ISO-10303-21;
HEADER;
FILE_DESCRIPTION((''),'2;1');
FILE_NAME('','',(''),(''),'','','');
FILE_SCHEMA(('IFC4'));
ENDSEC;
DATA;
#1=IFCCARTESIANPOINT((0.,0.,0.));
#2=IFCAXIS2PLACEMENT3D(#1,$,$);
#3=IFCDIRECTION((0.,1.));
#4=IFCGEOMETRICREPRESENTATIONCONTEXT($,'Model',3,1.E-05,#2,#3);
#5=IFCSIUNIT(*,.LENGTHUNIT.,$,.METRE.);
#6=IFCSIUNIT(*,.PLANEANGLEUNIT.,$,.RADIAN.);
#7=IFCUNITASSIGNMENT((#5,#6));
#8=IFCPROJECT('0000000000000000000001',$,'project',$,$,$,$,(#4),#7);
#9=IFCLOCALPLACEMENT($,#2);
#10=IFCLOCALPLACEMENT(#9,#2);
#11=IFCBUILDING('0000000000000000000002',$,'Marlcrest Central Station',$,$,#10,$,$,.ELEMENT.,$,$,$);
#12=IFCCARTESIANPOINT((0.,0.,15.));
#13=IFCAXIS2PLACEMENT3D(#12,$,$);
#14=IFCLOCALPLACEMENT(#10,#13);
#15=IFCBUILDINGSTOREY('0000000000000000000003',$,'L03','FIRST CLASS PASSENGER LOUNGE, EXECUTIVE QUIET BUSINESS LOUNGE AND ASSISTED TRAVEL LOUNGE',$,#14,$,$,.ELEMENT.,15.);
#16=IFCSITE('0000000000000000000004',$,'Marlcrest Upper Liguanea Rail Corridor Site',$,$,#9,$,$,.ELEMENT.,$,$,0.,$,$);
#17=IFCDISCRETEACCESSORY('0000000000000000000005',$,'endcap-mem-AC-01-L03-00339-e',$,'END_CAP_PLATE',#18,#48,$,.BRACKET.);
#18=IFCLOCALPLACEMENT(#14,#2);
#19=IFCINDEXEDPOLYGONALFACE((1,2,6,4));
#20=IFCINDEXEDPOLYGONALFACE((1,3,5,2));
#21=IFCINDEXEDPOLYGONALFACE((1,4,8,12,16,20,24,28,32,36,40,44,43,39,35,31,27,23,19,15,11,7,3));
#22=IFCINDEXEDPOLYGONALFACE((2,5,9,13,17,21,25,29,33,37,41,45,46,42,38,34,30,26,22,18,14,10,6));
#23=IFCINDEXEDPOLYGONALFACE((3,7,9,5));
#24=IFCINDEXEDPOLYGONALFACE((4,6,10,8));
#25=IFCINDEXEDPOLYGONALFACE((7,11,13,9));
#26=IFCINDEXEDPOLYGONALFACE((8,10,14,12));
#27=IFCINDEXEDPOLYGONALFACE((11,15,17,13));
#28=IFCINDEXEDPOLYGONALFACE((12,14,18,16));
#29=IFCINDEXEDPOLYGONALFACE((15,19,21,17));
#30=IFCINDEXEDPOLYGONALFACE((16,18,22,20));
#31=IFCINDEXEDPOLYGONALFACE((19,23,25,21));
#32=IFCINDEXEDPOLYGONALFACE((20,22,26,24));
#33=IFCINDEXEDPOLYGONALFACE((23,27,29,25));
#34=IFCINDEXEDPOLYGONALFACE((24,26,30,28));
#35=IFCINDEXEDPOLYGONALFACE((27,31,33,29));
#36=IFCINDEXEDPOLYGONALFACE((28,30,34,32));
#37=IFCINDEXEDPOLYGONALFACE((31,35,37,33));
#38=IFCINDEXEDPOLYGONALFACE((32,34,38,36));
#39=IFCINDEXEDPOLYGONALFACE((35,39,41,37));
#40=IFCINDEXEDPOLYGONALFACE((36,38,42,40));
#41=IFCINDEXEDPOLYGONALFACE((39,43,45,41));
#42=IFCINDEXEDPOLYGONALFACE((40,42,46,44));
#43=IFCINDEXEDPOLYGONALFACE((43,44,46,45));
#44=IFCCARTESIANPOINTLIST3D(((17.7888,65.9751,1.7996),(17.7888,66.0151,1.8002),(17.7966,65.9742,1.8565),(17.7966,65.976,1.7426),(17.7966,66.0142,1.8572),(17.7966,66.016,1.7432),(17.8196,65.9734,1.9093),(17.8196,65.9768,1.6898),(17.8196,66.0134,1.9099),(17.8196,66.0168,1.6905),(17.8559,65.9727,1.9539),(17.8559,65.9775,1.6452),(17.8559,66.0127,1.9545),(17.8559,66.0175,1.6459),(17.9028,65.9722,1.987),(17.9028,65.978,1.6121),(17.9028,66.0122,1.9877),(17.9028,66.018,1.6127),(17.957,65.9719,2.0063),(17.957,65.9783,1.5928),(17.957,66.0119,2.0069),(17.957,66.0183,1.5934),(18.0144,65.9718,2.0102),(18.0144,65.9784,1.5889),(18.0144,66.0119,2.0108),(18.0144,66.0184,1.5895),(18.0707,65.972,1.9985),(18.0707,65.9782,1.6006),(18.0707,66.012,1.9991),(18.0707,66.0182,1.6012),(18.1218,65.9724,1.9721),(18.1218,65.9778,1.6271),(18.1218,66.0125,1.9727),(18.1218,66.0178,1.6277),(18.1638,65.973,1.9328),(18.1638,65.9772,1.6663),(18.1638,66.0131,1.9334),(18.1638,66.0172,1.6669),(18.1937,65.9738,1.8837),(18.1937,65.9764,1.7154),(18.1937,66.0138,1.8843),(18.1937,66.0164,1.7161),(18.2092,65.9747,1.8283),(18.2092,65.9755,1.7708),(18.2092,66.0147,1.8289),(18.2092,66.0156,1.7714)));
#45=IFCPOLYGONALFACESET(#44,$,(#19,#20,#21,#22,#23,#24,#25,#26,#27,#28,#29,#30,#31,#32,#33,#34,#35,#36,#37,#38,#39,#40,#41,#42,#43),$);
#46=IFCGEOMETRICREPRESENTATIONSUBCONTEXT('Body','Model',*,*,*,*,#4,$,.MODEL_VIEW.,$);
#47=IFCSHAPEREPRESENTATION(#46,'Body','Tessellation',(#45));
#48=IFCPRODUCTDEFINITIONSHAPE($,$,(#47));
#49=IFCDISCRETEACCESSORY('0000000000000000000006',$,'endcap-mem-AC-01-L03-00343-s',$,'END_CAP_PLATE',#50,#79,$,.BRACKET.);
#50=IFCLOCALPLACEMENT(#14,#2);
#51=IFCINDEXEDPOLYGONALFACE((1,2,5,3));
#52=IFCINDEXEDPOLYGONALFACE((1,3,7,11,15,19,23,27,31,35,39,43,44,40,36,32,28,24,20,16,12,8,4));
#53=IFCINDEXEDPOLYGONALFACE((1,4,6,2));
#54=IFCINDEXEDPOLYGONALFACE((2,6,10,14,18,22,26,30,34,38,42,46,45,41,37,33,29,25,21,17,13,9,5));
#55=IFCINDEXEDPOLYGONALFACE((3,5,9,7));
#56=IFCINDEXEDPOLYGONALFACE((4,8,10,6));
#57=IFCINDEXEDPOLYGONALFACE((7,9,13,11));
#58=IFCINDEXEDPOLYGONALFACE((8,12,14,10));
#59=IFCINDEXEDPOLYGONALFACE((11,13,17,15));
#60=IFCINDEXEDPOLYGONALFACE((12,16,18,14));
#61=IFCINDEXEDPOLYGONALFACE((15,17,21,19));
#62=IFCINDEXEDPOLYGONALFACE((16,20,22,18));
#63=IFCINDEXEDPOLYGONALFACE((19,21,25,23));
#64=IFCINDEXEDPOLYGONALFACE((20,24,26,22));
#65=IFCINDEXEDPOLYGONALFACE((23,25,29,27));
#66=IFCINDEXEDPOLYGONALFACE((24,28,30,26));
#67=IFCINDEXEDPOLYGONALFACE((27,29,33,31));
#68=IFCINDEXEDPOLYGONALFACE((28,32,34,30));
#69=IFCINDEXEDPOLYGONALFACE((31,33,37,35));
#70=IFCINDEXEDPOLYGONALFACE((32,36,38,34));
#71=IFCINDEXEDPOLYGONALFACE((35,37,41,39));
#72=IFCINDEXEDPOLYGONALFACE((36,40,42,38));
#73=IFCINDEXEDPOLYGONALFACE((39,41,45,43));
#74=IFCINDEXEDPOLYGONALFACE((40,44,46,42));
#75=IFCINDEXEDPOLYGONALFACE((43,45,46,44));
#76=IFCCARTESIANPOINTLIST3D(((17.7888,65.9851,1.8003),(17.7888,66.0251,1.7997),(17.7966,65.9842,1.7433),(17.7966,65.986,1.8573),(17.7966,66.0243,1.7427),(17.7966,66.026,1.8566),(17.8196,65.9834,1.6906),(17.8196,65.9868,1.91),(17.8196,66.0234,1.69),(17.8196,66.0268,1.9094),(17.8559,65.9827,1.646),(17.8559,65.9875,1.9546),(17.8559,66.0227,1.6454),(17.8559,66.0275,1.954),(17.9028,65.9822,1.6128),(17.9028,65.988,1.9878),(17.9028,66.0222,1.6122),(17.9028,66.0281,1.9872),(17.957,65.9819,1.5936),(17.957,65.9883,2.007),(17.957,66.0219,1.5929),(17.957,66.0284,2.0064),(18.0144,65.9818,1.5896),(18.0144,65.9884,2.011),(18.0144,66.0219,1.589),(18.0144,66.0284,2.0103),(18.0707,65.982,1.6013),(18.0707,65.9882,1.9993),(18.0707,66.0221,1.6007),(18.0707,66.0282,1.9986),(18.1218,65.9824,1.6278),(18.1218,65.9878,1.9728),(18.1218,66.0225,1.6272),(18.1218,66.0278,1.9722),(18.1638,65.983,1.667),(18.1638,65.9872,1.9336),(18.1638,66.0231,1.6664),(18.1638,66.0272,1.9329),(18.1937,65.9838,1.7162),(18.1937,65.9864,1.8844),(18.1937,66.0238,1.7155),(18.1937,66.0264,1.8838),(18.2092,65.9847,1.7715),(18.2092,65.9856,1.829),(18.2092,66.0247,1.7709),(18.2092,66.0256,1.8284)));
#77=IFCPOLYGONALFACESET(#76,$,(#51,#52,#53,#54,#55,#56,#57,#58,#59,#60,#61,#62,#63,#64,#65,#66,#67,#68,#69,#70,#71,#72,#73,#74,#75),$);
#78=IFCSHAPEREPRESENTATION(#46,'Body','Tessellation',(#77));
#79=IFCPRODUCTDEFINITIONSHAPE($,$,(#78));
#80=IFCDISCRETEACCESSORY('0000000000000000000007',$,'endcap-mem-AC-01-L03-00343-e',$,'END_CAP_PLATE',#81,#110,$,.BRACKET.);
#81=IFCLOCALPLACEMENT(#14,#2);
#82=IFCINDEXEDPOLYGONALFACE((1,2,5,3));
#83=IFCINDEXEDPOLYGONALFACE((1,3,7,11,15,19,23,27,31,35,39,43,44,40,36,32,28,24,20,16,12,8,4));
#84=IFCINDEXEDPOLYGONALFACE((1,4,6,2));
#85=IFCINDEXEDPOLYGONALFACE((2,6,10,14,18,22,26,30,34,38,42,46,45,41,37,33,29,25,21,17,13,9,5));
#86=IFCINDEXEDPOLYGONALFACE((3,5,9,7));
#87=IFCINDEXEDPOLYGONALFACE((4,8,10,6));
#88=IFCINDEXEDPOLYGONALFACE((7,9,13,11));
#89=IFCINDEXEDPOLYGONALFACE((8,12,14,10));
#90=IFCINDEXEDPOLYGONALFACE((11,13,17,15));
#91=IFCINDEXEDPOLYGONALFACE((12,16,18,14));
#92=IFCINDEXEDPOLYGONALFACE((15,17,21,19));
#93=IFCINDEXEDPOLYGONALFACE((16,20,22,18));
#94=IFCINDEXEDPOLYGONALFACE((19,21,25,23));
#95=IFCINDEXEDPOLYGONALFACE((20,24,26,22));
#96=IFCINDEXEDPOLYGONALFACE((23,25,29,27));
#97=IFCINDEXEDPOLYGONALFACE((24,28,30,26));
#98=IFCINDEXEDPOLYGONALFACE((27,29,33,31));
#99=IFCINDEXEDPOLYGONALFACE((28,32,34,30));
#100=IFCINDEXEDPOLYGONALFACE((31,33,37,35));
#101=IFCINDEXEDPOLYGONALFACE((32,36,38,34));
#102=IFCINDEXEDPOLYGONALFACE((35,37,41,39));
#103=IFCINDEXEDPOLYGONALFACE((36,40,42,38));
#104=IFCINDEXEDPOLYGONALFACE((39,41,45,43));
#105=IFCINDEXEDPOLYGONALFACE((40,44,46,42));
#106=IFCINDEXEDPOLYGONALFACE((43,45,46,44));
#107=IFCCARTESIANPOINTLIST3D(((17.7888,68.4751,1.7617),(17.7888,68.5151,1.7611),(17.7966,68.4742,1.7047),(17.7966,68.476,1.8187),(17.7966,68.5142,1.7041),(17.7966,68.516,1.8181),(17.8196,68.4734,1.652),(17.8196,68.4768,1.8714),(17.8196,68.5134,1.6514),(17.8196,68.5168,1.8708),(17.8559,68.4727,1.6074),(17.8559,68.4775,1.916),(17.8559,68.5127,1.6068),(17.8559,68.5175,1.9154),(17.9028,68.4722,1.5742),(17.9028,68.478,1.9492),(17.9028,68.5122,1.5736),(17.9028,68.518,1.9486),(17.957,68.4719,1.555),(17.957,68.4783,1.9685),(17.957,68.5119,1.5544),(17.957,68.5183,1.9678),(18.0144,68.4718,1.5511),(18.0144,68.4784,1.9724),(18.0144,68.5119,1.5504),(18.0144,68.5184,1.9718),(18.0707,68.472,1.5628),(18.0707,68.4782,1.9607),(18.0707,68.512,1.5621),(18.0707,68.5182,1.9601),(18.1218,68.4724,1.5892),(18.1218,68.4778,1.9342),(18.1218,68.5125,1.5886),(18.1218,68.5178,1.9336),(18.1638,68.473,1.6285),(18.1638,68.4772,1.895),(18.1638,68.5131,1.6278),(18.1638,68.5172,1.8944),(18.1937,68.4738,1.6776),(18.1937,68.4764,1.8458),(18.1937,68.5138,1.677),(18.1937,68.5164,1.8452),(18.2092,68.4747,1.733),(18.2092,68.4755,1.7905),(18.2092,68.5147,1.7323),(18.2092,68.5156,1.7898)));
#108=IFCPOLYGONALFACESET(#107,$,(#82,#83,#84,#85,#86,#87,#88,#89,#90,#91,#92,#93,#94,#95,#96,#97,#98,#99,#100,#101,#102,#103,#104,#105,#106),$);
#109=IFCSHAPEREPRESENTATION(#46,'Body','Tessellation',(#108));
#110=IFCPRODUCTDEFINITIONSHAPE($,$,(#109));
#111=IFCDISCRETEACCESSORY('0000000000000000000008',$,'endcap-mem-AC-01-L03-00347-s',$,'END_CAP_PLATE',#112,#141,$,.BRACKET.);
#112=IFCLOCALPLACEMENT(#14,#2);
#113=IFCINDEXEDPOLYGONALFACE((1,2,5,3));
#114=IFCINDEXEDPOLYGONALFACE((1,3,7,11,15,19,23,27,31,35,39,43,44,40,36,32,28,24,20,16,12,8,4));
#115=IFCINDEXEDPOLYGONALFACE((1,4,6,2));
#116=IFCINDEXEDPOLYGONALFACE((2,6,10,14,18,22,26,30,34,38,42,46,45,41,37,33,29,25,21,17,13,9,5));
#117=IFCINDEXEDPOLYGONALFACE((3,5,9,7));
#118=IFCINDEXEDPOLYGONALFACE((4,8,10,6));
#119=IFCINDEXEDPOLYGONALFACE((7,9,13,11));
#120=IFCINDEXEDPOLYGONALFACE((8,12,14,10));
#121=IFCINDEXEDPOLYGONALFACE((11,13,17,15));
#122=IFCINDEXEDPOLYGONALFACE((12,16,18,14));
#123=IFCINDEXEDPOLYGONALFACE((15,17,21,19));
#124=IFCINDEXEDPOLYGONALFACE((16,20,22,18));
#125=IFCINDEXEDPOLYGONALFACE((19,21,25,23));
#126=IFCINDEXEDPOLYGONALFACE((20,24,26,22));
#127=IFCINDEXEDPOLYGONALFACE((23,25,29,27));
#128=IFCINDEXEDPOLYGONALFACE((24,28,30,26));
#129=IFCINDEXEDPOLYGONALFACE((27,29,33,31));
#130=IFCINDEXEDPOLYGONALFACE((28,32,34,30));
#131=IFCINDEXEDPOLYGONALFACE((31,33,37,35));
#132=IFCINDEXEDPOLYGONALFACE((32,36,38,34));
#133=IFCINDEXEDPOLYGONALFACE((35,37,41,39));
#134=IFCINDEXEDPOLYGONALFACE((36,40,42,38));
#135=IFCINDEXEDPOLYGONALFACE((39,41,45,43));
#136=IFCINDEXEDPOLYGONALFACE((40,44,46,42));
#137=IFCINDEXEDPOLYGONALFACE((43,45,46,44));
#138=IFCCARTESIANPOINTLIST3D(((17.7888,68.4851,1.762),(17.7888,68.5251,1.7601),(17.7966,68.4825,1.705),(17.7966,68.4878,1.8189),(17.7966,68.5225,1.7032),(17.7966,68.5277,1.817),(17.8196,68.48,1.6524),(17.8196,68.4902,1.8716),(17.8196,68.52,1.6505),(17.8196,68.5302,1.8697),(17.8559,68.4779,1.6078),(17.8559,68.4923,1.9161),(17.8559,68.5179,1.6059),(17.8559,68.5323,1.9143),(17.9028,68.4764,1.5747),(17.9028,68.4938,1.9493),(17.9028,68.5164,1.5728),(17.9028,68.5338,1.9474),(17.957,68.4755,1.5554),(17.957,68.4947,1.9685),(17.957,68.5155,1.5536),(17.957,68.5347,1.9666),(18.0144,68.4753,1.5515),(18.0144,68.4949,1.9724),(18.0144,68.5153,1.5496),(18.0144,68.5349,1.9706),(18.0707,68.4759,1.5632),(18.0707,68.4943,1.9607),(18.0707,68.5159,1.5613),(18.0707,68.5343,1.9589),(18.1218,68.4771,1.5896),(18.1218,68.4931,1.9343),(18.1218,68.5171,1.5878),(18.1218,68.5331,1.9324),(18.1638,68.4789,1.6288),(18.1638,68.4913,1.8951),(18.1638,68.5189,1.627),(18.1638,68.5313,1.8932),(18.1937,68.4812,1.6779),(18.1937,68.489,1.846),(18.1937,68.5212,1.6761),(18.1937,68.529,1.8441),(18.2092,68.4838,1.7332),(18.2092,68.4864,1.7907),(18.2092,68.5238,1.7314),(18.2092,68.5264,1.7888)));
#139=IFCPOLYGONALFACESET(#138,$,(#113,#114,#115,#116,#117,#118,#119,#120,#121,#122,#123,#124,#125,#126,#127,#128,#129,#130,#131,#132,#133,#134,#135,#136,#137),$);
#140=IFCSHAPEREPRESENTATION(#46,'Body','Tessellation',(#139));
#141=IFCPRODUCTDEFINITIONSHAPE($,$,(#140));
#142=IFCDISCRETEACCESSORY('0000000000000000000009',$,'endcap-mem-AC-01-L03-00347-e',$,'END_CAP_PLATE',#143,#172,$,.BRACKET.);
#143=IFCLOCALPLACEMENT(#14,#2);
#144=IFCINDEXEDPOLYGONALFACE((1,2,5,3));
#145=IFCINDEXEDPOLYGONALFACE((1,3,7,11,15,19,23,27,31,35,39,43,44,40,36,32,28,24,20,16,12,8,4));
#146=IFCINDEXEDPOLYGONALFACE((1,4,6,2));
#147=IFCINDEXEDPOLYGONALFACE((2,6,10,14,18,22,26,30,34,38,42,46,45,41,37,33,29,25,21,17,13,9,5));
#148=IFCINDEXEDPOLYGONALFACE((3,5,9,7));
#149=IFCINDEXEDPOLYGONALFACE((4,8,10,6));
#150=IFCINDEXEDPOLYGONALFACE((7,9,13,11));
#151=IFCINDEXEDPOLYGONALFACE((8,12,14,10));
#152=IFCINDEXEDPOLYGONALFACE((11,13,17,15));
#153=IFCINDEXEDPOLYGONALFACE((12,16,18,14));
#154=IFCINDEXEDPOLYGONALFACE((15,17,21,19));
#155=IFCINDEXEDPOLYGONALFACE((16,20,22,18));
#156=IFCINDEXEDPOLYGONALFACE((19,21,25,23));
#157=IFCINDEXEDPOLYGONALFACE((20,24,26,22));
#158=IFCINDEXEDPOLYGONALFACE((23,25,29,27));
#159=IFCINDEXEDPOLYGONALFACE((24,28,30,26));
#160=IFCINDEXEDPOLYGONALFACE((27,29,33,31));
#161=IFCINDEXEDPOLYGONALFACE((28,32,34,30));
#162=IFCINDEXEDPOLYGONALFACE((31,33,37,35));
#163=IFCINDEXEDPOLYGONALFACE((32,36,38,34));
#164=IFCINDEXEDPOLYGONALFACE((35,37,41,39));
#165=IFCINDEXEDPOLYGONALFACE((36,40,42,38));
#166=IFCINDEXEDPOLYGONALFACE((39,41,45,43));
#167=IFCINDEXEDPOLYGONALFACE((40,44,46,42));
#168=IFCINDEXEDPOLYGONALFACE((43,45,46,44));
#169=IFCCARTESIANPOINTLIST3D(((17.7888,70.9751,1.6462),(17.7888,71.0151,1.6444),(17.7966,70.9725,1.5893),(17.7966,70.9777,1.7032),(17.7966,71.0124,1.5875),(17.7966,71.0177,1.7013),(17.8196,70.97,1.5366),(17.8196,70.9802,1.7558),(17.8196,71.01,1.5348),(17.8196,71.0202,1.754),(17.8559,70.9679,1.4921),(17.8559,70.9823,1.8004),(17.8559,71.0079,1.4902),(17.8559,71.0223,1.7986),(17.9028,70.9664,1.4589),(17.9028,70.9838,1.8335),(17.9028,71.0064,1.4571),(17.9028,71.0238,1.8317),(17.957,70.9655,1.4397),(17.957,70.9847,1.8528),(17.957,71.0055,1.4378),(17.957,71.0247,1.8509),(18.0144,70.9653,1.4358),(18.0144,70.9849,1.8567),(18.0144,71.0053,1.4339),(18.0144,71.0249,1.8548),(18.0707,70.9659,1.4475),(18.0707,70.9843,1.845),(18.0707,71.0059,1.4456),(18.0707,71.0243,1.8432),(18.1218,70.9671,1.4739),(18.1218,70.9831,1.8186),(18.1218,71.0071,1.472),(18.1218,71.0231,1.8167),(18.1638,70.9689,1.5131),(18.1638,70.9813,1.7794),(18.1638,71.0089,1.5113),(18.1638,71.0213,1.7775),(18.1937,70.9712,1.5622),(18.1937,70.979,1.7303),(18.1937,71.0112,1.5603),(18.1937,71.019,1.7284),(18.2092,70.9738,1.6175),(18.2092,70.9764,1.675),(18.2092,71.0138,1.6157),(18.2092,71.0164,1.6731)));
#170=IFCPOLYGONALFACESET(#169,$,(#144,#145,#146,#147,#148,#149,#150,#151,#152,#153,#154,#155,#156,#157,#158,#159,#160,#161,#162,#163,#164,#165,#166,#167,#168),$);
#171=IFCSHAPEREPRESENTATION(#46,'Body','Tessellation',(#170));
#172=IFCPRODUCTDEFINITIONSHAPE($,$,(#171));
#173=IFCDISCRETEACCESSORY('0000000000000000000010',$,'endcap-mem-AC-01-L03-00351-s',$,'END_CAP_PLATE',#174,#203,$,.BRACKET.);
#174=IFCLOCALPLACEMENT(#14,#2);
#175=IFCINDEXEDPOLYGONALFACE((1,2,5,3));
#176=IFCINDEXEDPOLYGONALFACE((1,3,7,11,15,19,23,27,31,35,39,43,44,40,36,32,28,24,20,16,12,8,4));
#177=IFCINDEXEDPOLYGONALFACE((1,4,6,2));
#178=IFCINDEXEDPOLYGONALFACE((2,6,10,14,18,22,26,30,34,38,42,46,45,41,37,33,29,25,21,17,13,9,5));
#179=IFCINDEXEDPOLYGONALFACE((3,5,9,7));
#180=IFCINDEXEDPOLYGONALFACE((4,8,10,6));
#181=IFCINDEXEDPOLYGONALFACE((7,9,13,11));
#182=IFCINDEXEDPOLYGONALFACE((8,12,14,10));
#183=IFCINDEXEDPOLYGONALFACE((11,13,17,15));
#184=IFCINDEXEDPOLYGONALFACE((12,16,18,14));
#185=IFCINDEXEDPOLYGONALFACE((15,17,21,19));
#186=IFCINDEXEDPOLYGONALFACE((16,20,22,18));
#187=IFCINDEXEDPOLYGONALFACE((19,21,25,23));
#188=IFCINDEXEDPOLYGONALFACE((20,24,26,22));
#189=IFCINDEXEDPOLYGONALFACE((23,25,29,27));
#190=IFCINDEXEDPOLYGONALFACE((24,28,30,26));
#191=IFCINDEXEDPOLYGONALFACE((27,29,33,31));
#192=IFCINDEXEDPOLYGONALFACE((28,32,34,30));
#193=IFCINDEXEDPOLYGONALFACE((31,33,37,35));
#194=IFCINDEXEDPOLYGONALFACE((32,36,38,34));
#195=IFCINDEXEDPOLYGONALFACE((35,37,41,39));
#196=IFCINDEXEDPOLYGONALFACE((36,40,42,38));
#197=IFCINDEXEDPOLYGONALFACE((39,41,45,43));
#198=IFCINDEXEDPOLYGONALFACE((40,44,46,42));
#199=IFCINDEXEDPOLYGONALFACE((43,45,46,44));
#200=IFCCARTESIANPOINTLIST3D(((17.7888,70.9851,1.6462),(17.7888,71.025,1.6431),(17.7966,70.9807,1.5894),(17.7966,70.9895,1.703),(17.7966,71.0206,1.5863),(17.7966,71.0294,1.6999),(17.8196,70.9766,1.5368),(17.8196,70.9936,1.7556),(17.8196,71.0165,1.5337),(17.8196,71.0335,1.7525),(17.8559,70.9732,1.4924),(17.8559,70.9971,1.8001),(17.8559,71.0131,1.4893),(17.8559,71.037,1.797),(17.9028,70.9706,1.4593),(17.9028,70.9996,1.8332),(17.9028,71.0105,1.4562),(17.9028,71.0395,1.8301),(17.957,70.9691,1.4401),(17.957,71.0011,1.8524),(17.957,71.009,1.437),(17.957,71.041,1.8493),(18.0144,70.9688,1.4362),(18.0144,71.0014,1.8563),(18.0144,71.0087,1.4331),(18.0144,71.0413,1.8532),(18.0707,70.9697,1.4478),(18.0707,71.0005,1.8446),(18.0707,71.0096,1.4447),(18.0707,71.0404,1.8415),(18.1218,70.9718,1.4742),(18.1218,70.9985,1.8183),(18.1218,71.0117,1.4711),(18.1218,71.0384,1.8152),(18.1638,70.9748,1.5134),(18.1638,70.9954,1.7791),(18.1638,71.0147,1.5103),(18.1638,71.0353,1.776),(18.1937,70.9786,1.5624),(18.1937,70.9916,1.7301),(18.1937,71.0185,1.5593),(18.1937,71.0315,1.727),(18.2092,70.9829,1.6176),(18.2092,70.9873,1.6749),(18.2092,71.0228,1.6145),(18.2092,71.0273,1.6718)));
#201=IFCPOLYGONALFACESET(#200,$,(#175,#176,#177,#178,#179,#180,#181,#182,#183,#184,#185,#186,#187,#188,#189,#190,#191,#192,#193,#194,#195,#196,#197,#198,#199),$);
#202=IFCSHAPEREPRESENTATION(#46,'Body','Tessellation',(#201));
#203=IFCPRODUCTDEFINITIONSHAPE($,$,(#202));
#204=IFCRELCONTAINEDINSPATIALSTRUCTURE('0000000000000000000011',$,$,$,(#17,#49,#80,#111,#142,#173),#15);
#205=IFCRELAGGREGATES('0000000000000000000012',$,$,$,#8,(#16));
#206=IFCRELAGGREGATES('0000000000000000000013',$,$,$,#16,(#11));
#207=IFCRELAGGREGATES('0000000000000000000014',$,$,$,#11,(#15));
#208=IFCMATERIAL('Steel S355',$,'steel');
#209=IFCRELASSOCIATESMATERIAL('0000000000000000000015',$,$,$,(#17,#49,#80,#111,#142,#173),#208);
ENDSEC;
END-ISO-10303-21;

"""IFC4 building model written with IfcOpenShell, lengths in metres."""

from ifc_helpers import new_model, si_unit, direction, frame, origin, origin_2d, place, context, subcontext, project, spatial, circle, extrude, material, element, save


model = new_model("IFC4")

# Units and contexts
model_context = context("Model", 3, precision=1e-05, world=origin(), true_north=direction((0.0, 1.0)))
body_context = subcontext(model_context, "Body", "Model", "MODEL_VIEW")
ifc_project = project(units=[si_unit("LENGTHUNIT", "METRE"), si_unit("PLANEANGLEUNIT", "RADIAN")], contexts=[model_context])

# Site, building, storey
site_placement = place(None, origin())
site = spatial("IfcSite", under=ifc_project, at=site_placement, Name="Marlcrest Upper Liguanea Rail Corridor Site", CompositionType="ELEMENT", RefElevation=0.0)
building_placement = place(site_placement, origin())
building = spatial("IfcBuilding", under=site, at=building_placement, Name="Marlcrest Central Station", CompositionType="ELEMENT")
storey_placement = place(building_placement, frame((0.0, 0.0, 15.0)))
storey = spatial("IfcBuildingStorey", under=building, at=storey_placement, Name="L03", Description="FIRST CLASS PASSENGER LOUNGE, EXECUTIVE QUIET BUSINESS LOUNGE AND ASSISTED TRAVEL LOUNGE", CompositionType="ELEMENT", Elevation=15.0)

# Shared definitions
ifc_material_1 = material(Name="Steel S355", Category="steel")

# Discrete accessories
for number, where, z_axis, x_axis, name in (
    (1, (18.0, 65.9751, 1.7996), (0.0, 0.999879, 0.015525), (-1.0, 0.0, 0.0), "endcap-mem-AC-01-L03-00339-e"),
    (2, (18.0, 65.9851, 1.8003), (0.0, 0.999879, -0.015525), (-1.0, 0.0, 0.0), "endcap-mem-AC-01-L03-00343-s"),
    (3, (18.0, 68.4751, 1.7617), (0.0, 0.999879, -0.015525), (-1.0, 0.0, 0.0), "endcap-mem-AC-01-L03-00343-e"),
    (4, (18.0, 68.4851, 1.762), (0.0, 0.998921, -0.046434), (-1.0, 0.0, 0.0), "endcap-mem-AC-01-L03-00347-s"),
    (5, (18.0, 70.9751, 1.6462), (0.0, 0.998921, -0.046434), (-1.0, 0.0, 0.0), "endcap-mem-AC-01-L03-00347-e"),
    (6, (18.0, 70.9851, 1.6462), (0.0, 0.997, -0.077404), (-1.0, 0.0, 0.0), "endcap-mem-AC-01-L03-00351-s"),
):
    element("IfcDiscreteAccessory", number, at=place(storey_placement, frame(where, z_axis=z_axis, x_axis=x_axis)), inside=storey, material=ifc_material_1, Name=name, ObjectType="END_CAP_PLATE", PredefinedType="BRACKET", context=body_context, shape_type="SweptSolid", body=[
        extrude(circle(Radius=0.2112, at=origin_2d()), origin(), (0.0, 0.0, 1.0), 0.04),
    ])

save(model, "model.ifc")
